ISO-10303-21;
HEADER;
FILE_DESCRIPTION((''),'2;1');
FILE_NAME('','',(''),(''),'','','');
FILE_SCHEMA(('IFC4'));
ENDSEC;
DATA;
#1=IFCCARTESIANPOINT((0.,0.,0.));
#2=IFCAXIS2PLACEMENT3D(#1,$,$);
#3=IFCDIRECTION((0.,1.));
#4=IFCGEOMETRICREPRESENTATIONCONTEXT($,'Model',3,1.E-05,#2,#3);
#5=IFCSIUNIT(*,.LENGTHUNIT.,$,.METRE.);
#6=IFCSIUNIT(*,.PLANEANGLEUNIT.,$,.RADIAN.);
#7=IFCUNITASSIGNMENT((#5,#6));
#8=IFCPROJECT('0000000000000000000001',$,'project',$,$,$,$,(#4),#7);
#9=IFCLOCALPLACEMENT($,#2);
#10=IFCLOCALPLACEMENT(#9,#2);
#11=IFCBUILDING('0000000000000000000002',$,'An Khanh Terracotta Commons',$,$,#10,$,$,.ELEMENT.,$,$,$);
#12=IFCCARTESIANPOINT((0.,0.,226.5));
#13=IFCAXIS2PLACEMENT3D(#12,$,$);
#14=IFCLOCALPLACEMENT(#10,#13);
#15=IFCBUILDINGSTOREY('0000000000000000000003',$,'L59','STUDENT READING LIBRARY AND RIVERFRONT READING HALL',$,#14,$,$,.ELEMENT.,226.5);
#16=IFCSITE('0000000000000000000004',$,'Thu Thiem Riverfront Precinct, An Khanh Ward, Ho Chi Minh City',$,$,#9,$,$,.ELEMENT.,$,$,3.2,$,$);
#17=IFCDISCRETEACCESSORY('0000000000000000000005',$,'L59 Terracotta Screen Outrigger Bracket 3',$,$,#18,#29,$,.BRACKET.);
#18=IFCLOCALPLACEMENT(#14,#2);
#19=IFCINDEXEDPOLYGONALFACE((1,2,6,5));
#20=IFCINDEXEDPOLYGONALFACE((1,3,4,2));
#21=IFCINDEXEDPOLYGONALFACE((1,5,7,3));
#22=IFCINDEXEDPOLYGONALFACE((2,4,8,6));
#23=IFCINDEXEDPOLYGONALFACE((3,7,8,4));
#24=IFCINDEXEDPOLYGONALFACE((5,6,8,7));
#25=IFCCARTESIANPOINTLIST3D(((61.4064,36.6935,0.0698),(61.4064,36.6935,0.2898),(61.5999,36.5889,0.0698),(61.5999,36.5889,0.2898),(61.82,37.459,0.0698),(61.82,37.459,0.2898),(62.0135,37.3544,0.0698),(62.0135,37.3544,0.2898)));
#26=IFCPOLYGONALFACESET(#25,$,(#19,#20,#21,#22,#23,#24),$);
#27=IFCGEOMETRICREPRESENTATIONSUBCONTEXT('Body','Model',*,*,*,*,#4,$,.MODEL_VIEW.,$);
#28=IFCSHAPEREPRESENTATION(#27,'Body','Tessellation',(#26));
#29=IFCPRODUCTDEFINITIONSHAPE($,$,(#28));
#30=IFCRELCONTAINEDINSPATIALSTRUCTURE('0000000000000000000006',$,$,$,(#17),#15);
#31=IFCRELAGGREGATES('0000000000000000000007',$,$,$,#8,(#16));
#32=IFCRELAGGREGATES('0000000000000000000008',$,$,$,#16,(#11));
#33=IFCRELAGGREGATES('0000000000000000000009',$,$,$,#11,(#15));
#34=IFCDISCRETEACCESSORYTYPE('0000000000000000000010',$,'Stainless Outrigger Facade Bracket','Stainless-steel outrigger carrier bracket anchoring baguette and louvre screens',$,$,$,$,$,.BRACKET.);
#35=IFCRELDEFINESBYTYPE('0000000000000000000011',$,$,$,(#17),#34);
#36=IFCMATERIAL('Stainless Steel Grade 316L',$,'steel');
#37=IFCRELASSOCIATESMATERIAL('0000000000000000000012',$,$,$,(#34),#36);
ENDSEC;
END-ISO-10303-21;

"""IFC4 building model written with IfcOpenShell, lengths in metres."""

from ifc_helpers import new_model, si_unit, direction, frame, origin, origin_2d, place, context, subcontext, project, spatial, rectangle, extrude, material, type_object, element, save


model = new_model("IFC4")

# Units and contexts
model_context = context("Model", 3, precision=1e-05, world=origin(), true_north=direction((0.0, 1.0)))
body_context = subcontext(model_context, "Body", "Model", "MODEL_VIEW")
ifc_project = project(units=[si_unit("LENGTHUNIT", "METRE"), si_unit("PLANEANGLEUNIT", "RADIAN")], contexts=[model_context])

# Site, building, storey
site_placement = place(None, origin())
site = spatial("IfcSite", under=ifc_project, at=site_placement, Name="Thu Thiem Riverfront Precinct, An Khanh Ward, Ho Chi Minh City", CompositionType="ELEMENT", RefElevation=3.2)
building_placement = place(site_placement, origin())
building = spatial("IfcBuilding", under=site, at=building_placement, Name="An Khanh Terracotta Commons", CompositionType="ELEMENT")
storey_placement = place(building_placement, frame((0.0, 0.0, 226.5)))
storey = spatial("IfcBuildingStorey", under=building, at=storey_placement, Name="L59", Description="STUDENT READING LIBRARY AND RIVERFRONT READING HALL", CompositionType="ELEMENT", Elevation=226.5)

# Discrete accessory
ifc_material_1 = material(Name="Stainless Steel Grade 316L", Category="steel")
discrete_accessory_type = type_object("IfcDiscreteAccessoryType", Name="Stainless Outrigger Facade Bracket", Description="Stainless-steel outrigger carrier bracket anchoring baguette and louvre screens", PredefinedType="BRACKET", material=ifc_material_1)
for number, where, z_axis, x_axis, name in (
    (1, (61.71, 37.0239, 0.0698), (0.0, 0.0, 1.0), (-0.87978, 0.475381, 0.0), "L59 Terracotta Screen Outrigger Bracket 3"),
):
    element("IfcDiscreteAccessory", number, at=place(storey_placement, frame(where, z_axis=z_axis, x_axis=x_axis)), inside=storey, type_object=discrete_accessory_type, Name=name, PredefinedType="BRACKET", context=body_context, shape_type="SweptSolid", body=[
        extrude(rectangle(XDim=0.22, YDim=0.8701, at=origin_2d()), origin(), (0.0, 0.0, 1.0), 0.22),
    ])

save(model, "model.ifc")
